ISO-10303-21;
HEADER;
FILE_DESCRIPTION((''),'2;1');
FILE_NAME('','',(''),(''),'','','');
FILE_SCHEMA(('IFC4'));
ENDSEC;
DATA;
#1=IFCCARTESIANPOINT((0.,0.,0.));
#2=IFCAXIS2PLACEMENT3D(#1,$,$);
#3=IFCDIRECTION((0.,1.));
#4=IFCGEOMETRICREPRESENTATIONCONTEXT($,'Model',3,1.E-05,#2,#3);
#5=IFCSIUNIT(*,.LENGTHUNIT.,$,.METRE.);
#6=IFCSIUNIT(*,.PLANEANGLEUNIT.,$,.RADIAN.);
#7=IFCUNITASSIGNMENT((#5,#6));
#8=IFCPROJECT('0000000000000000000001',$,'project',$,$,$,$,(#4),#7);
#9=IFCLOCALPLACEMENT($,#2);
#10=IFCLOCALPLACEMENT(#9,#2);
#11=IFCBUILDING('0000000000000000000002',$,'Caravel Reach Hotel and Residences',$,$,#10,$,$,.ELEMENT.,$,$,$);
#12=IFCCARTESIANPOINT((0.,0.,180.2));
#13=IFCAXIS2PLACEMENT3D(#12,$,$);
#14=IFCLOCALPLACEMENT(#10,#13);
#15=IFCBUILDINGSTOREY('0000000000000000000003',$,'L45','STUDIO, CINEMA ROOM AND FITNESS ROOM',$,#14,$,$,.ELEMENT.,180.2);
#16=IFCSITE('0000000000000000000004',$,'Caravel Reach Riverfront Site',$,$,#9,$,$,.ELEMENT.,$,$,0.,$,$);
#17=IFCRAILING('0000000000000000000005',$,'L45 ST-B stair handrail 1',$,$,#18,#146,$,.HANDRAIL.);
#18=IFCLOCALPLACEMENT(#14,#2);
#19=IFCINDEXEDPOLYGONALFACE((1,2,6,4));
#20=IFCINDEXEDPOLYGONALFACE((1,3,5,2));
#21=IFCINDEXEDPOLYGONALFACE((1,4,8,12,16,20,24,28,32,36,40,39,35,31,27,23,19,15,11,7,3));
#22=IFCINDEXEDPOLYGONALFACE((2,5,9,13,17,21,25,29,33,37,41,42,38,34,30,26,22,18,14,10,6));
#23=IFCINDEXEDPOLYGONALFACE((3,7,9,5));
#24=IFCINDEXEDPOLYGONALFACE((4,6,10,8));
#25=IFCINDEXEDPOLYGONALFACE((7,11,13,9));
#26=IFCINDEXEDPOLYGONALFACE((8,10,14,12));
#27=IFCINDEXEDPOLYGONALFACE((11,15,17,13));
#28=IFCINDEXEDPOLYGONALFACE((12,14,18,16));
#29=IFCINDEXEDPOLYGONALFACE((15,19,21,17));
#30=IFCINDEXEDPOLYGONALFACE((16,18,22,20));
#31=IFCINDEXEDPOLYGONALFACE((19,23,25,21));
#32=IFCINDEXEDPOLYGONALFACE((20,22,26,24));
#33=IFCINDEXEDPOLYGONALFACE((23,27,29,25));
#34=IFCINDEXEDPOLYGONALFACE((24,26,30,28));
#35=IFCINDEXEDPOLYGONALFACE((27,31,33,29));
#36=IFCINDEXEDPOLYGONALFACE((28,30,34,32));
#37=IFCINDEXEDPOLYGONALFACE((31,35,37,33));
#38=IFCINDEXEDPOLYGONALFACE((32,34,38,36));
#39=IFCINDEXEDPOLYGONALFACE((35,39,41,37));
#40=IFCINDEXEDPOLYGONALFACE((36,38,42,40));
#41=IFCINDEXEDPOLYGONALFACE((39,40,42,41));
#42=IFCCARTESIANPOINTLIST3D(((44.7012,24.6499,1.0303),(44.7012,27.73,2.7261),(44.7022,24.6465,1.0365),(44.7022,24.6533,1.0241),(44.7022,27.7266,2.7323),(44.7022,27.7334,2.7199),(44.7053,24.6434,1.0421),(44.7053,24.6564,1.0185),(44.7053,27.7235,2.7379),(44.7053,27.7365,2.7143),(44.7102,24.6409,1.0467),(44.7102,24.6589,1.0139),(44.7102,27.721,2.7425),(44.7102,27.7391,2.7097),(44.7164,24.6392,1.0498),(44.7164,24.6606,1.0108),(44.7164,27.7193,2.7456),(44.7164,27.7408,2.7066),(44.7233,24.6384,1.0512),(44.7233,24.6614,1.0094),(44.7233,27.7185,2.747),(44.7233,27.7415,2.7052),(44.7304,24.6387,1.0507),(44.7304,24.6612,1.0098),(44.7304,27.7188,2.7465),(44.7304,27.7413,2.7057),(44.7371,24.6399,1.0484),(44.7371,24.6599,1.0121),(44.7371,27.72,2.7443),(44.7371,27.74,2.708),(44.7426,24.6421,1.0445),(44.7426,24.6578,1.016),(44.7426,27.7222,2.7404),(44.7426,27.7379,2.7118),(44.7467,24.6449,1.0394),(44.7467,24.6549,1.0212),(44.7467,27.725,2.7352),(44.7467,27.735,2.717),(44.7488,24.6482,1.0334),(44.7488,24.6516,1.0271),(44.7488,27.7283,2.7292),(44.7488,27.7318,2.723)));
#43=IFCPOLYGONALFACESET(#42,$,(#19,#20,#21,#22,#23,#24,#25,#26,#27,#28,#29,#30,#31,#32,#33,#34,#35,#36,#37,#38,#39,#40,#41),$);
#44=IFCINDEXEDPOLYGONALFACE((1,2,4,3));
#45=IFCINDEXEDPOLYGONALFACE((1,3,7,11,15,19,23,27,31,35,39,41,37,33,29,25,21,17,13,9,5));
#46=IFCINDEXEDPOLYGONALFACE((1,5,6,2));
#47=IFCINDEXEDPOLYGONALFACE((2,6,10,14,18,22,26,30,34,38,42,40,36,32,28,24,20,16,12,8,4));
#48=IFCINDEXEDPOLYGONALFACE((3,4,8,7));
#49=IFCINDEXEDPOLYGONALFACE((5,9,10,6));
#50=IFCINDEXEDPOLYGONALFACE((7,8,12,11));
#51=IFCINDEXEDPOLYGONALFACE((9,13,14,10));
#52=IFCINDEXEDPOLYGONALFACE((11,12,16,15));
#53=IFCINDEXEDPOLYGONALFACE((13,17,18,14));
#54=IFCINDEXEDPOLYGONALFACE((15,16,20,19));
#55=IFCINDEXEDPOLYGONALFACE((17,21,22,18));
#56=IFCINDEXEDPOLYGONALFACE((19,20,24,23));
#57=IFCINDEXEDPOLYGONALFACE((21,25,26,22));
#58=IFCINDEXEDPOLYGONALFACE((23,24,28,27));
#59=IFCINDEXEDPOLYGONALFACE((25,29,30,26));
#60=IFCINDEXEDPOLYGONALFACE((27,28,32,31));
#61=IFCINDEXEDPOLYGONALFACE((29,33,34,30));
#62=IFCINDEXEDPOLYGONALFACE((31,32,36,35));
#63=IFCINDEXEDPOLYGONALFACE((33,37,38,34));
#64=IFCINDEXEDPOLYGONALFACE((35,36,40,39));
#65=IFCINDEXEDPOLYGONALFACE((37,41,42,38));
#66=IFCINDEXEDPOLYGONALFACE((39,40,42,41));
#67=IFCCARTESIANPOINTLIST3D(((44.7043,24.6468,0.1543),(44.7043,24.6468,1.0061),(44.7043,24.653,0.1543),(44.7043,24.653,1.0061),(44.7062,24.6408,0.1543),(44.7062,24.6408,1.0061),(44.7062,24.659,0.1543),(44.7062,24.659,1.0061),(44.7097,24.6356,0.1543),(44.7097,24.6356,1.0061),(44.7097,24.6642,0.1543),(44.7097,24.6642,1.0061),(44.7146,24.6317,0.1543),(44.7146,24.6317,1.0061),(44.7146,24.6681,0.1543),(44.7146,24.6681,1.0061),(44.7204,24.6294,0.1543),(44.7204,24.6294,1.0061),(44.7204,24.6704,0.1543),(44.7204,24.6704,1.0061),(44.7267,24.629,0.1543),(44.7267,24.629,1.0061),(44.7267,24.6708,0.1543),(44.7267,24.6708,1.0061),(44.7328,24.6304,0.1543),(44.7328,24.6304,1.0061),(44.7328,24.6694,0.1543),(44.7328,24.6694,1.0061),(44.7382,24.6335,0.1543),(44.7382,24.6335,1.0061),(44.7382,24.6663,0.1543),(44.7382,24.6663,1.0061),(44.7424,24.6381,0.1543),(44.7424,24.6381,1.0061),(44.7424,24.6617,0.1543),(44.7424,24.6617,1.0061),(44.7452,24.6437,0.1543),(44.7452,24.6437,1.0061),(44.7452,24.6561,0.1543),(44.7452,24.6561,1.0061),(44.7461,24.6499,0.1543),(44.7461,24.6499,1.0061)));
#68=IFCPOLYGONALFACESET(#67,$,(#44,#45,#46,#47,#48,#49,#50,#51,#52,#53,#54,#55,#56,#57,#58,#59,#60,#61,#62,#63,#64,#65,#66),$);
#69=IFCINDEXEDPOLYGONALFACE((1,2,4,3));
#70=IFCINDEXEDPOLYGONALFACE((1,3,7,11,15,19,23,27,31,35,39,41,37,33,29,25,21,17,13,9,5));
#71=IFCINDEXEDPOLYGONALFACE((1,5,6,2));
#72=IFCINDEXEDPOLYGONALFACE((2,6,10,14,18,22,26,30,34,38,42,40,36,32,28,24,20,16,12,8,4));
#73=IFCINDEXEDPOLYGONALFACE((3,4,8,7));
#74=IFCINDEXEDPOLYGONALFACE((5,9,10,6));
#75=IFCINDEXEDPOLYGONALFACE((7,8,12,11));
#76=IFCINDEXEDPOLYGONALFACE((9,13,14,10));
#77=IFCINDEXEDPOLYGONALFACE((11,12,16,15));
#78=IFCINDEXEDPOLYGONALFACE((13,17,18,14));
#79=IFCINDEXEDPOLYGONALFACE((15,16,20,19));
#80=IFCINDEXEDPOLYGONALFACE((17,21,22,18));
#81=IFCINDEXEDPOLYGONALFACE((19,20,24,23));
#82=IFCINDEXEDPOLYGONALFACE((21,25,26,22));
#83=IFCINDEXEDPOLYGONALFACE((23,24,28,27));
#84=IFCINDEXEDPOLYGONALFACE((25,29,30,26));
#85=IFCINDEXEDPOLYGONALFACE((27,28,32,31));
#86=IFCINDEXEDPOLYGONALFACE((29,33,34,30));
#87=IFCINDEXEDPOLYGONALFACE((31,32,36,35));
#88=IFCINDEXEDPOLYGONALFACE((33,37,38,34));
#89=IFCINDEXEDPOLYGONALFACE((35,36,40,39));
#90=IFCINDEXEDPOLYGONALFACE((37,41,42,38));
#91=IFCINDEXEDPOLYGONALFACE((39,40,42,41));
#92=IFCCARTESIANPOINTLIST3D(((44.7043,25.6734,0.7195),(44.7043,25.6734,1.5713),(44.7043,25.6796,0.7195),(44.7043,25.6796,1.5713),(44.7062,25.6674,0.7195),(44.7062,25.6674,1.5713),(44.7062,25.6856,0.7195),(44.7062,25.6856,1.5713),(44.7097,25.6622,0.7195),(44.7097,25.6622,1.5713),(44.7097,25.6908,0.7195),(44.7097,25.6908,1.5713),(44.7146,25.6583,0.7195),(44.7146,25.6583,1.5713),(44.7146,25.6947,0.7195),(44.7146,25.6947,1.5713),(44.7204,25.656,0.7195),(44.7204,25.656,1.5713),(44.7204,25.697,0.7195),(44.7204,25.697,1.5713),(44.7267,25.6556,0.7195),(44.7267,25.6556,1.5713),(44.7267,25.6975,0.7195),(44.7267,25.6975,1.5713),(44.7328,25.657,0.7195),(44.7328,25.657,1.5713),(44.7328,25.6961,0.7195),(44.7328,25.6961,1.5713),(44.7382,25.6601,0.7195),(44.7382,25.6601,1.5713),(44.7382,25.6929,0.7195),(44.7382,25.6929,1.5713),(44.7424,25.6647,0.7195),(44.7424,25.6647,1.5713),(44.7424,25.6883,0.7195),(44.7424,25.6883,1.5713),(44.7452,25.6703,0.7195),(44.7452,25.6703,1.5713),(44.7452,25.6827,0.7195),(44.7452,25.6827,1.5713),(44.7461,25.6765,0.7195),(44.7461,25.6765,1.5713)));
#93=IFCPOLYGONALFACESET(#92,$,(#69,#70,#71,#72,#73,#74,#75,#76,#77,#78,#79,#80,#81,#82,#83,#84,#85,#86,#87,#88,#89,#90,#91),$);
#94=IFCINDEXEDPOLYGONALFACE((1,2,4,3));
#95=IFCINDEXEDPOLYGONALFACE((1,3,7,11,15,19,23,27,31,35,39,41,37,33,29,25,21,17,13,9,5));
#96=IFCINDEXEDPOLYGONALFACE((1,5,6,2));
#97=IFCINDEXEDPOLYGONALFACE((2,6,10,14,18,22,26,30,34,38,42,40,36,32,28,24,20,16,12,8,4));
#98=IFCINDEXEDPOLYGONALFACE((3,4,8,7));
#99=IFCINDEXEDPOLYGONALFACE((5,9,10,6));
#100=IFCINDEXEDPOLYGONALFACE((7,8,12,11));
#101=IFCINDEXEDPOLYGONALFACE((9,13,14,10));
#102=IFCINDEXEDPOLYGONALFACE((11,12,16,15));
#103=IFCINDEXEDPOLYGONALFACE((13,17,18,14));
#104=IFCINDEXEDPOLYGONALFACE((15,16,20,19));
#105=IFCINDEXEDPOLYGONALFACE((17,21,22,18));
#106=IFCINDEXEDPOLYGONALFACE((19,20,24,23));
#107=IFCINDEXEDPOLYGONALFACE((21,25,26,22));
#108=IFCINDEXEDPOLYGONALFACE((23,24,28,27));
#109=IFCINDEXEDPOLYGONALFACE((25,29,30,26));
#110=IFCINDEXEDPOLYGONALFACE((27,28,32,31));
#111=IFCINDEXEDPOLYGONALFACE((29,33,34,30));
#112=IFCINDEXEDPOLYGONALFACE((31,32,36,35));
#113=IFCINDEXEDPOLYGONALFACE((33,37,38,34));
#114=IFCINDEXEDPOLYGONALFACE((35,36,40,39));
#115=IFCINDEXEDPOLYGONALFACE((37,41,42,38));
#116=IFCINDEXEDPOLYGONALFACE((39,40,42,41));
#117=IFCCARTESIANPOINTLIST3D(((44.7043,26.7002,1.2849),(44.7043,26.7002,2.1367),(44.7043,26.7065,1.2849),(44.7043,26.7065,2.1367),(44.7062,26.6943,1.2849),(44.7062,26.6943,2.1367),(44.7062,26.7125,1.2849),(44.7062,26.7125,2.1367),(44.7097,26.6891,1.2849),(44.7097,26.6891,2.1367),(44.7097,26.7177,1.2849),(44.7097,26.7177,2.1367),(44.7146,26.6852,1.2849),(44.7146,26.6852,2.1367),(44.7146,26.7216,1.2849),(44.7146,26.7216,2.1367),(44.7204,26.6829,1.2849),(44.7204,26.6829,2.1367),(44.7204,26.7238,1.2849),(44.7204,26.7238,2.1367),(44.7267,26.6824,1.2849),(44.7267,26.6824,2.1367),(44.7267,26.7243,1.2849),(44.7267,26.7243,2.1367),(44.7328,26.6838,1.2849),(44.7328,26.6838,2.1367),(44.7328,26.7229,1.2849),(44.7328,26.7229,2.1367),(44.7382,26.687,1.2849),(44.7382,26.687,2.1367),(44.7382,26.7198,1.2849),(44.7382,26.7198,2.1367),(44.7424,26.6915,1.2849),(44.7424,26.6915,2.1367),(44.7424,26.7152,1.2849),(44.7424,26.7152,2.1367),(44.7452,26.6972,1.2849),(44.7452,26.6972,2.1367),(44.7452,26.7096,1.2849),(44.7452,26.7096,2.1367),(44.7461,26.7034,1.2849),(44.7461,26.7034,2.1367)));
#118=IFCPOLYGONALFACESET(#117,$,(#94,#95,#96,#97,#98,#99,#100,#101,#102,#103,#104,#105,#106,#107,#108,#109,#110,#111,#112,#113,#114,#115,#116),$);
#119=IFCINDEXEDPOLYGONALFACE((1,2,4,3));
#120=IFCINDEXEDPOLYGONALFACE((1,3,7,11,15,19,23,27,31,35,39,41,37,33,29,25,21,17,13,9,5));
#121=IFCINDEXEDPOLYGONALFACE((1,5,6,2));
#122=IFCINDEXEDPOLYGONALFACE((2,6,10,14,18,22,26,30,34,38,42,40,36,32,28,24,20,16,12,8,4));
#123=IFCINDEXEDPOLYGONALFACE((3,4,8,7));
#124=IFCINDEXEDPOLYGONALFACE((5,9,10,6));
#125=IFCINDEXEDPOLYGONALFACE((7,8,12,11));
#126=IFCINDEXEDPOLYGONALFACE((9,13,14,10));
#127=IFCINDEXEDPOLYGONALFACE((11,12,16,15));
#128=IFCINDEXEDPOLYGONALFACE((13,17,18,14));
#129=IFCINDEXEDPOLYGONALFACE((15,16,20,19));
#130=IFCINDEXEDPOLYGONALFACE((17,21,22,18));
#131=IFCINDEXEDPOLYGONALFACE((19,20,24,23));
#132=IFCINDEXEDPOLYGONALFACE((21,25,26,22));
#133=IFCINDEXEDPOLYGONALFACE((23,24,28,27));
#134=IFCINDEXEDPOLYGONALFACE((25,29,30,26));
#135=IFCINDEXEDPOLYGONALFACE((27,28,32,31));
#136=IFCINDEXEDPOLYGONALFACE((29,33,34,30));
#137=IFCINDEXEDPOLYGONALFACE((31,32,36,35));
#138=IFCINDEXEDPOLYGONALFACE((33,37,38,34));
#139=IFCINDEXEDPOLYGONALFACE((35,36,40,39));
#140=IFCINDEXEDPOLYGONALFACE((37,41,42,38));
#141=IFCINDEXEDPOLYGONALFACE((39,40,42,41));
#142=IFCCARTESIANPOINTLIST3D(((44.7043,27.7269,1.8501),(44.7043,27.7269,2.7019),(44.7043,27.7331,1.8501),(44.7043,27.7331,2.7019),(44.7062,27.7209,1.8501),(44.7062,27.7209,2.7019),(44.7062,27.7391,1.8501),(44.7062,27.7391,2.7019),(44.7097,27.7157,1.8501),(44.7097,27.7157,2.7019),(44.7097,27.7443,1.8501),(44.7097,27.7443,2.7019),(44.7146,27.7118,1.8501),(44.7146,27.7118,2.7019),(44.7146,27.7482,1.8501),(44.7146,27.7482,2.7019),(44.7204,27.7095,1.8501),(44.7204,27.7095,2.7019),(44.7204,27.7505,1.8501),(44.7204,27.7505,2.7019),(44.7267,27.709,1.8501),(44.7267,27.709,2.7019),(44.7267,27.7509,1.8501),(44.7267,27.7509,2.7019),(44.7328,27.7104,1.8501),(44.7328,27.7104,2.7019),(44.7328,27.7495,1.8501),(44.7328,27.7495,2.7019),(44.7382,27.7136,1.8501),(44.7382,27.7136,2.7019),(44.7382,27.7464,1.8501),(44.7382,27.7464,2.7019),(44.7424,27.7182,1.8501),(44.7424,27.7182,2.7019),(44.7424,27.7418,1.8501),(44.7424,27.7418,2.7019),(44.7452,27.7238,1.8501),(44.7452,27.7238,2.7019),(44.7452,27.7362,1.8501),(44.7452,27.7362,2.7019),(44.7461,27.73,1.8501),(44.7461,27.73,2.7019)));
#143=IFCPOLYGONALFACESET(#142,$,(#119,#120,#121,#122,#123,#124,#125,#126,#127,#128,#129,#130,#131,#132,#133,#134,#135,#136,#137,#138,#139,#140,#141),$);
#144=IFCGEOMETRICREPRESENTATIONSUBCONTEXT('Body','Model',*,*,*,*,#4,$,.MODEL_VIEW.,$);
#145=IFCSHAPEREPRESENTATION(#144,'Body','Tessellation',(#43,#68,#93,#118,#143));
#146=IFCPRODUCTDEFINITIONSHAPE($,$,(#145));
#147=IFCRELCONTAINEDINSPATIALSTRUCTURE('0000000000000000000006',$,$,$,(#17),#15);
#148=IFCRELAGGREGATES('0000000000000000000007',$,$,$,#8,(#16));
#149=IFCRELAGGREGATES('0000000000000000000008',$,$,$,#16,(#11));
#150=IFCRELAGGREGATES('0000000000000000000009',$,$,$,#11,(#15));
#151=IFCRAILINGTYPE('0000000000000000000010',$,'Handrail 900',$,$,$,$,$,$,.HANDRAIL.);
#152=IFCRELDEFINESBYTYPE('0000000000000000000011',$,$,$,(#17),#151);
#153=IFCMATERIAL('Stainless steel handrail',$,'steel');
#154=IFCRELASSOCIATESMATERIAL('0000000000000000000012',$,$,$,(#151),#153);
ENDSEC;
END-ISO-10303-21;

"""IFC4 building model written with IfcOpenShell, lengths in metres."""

from ifc_helpers import new_model, si_unit, direction, frame, origin, origin_2d, place, context, subcontext, project, spatial, circle, extrude, material, type_object, element, save


model = new_model("IFC4")

# Units and contexts
model_context = context("Model", 3, precision=1e-05, world=origin(), true_north=direction((0.0, 1.0)))
body_context = subcontext(model_context, "Body", "Model", "MODEL_VIEW")
ifc_project = project(units=[si_unit("LENGTHUNIT", "METRE"), si_unit("PLANEANGLEUNIT", "RADIAN")], contexts=[model_context])

# Site, building, storey
site_placement = place(None, origin())
site = spatial("IfcSite", under=ifc_project, at=site_placement, Name="Caravel Reach Riverfront Site", CompositionType="ELEMENT", RefElevation=0.0)
building_placement = place(site_placement, origin())
building = spatial("IfcBuilding", under=site, at=building_placement, Name="Caravel Reach Hotel and Residences", CompositionType="ELEMENT")
storey_placement = place(building_placement, frame((0.0, 0.0, 180.2)))
storey = spatial("IfcBuildingStorey", under=building, at=storey_placement, Name="L45", Description="STUDIO, CINEMA ROOM AND FITNESS ROOM", CompositionType="ELEMENT", Elevation=180.2)

# Railing
ifc_material_1 = material(Name="Stainless steel handrail", Category="steel")
railing_type_1 = type_object("IfcRailingType", Name="Handrail 900", PredefinedType="HANDRAIL", material=ifc_material_1)
railing_1_placement = place(storey_placement, frame((44.7251, 24.6499, 0.1543)))
element("IfcRailing", 1, at=railing_1_placement, inside=storey, type_object=railing_type_1, Name="L45 ST-B stair handrail 1", PredefinedType="HANDRAIL", context=body_context, shape_type="SweptSolid", body=[
    extrude(circle(Radius=0.0239, at=origin_2d()), frame((0.0, 0.0, 0.876), z_axis=(0.0, 0.876005, 0.482303), x_axis=(-1.0, 0.0, 0.0)), (0.0, 0.0, 1.0), 3.5161),
    extrude(circle(Radius=0.021, at=origin_2d()), origin(), (0.0, 0.0, 1.0), 0.8518),
    extrude(circle(Radius=0.021, at=origin_2d()), frame((0.0, 1.0266, 0.5652)), (0.0, 0.0, 1.0), 0.8518),
    extrude(circle(Radius=0.021, at=origin_2d()), frame((0.0, 2.0535, 1.1306)), (0.0, 0.0, 1.0), 0.8518),
    extrude(circle(Radius=0.021, at=origin_2d()), frame((0.0, 3.0801, 1.6958)), (0.0, 0.0, 1.0), 0.8518),
])

save(model, "model.ifc")
